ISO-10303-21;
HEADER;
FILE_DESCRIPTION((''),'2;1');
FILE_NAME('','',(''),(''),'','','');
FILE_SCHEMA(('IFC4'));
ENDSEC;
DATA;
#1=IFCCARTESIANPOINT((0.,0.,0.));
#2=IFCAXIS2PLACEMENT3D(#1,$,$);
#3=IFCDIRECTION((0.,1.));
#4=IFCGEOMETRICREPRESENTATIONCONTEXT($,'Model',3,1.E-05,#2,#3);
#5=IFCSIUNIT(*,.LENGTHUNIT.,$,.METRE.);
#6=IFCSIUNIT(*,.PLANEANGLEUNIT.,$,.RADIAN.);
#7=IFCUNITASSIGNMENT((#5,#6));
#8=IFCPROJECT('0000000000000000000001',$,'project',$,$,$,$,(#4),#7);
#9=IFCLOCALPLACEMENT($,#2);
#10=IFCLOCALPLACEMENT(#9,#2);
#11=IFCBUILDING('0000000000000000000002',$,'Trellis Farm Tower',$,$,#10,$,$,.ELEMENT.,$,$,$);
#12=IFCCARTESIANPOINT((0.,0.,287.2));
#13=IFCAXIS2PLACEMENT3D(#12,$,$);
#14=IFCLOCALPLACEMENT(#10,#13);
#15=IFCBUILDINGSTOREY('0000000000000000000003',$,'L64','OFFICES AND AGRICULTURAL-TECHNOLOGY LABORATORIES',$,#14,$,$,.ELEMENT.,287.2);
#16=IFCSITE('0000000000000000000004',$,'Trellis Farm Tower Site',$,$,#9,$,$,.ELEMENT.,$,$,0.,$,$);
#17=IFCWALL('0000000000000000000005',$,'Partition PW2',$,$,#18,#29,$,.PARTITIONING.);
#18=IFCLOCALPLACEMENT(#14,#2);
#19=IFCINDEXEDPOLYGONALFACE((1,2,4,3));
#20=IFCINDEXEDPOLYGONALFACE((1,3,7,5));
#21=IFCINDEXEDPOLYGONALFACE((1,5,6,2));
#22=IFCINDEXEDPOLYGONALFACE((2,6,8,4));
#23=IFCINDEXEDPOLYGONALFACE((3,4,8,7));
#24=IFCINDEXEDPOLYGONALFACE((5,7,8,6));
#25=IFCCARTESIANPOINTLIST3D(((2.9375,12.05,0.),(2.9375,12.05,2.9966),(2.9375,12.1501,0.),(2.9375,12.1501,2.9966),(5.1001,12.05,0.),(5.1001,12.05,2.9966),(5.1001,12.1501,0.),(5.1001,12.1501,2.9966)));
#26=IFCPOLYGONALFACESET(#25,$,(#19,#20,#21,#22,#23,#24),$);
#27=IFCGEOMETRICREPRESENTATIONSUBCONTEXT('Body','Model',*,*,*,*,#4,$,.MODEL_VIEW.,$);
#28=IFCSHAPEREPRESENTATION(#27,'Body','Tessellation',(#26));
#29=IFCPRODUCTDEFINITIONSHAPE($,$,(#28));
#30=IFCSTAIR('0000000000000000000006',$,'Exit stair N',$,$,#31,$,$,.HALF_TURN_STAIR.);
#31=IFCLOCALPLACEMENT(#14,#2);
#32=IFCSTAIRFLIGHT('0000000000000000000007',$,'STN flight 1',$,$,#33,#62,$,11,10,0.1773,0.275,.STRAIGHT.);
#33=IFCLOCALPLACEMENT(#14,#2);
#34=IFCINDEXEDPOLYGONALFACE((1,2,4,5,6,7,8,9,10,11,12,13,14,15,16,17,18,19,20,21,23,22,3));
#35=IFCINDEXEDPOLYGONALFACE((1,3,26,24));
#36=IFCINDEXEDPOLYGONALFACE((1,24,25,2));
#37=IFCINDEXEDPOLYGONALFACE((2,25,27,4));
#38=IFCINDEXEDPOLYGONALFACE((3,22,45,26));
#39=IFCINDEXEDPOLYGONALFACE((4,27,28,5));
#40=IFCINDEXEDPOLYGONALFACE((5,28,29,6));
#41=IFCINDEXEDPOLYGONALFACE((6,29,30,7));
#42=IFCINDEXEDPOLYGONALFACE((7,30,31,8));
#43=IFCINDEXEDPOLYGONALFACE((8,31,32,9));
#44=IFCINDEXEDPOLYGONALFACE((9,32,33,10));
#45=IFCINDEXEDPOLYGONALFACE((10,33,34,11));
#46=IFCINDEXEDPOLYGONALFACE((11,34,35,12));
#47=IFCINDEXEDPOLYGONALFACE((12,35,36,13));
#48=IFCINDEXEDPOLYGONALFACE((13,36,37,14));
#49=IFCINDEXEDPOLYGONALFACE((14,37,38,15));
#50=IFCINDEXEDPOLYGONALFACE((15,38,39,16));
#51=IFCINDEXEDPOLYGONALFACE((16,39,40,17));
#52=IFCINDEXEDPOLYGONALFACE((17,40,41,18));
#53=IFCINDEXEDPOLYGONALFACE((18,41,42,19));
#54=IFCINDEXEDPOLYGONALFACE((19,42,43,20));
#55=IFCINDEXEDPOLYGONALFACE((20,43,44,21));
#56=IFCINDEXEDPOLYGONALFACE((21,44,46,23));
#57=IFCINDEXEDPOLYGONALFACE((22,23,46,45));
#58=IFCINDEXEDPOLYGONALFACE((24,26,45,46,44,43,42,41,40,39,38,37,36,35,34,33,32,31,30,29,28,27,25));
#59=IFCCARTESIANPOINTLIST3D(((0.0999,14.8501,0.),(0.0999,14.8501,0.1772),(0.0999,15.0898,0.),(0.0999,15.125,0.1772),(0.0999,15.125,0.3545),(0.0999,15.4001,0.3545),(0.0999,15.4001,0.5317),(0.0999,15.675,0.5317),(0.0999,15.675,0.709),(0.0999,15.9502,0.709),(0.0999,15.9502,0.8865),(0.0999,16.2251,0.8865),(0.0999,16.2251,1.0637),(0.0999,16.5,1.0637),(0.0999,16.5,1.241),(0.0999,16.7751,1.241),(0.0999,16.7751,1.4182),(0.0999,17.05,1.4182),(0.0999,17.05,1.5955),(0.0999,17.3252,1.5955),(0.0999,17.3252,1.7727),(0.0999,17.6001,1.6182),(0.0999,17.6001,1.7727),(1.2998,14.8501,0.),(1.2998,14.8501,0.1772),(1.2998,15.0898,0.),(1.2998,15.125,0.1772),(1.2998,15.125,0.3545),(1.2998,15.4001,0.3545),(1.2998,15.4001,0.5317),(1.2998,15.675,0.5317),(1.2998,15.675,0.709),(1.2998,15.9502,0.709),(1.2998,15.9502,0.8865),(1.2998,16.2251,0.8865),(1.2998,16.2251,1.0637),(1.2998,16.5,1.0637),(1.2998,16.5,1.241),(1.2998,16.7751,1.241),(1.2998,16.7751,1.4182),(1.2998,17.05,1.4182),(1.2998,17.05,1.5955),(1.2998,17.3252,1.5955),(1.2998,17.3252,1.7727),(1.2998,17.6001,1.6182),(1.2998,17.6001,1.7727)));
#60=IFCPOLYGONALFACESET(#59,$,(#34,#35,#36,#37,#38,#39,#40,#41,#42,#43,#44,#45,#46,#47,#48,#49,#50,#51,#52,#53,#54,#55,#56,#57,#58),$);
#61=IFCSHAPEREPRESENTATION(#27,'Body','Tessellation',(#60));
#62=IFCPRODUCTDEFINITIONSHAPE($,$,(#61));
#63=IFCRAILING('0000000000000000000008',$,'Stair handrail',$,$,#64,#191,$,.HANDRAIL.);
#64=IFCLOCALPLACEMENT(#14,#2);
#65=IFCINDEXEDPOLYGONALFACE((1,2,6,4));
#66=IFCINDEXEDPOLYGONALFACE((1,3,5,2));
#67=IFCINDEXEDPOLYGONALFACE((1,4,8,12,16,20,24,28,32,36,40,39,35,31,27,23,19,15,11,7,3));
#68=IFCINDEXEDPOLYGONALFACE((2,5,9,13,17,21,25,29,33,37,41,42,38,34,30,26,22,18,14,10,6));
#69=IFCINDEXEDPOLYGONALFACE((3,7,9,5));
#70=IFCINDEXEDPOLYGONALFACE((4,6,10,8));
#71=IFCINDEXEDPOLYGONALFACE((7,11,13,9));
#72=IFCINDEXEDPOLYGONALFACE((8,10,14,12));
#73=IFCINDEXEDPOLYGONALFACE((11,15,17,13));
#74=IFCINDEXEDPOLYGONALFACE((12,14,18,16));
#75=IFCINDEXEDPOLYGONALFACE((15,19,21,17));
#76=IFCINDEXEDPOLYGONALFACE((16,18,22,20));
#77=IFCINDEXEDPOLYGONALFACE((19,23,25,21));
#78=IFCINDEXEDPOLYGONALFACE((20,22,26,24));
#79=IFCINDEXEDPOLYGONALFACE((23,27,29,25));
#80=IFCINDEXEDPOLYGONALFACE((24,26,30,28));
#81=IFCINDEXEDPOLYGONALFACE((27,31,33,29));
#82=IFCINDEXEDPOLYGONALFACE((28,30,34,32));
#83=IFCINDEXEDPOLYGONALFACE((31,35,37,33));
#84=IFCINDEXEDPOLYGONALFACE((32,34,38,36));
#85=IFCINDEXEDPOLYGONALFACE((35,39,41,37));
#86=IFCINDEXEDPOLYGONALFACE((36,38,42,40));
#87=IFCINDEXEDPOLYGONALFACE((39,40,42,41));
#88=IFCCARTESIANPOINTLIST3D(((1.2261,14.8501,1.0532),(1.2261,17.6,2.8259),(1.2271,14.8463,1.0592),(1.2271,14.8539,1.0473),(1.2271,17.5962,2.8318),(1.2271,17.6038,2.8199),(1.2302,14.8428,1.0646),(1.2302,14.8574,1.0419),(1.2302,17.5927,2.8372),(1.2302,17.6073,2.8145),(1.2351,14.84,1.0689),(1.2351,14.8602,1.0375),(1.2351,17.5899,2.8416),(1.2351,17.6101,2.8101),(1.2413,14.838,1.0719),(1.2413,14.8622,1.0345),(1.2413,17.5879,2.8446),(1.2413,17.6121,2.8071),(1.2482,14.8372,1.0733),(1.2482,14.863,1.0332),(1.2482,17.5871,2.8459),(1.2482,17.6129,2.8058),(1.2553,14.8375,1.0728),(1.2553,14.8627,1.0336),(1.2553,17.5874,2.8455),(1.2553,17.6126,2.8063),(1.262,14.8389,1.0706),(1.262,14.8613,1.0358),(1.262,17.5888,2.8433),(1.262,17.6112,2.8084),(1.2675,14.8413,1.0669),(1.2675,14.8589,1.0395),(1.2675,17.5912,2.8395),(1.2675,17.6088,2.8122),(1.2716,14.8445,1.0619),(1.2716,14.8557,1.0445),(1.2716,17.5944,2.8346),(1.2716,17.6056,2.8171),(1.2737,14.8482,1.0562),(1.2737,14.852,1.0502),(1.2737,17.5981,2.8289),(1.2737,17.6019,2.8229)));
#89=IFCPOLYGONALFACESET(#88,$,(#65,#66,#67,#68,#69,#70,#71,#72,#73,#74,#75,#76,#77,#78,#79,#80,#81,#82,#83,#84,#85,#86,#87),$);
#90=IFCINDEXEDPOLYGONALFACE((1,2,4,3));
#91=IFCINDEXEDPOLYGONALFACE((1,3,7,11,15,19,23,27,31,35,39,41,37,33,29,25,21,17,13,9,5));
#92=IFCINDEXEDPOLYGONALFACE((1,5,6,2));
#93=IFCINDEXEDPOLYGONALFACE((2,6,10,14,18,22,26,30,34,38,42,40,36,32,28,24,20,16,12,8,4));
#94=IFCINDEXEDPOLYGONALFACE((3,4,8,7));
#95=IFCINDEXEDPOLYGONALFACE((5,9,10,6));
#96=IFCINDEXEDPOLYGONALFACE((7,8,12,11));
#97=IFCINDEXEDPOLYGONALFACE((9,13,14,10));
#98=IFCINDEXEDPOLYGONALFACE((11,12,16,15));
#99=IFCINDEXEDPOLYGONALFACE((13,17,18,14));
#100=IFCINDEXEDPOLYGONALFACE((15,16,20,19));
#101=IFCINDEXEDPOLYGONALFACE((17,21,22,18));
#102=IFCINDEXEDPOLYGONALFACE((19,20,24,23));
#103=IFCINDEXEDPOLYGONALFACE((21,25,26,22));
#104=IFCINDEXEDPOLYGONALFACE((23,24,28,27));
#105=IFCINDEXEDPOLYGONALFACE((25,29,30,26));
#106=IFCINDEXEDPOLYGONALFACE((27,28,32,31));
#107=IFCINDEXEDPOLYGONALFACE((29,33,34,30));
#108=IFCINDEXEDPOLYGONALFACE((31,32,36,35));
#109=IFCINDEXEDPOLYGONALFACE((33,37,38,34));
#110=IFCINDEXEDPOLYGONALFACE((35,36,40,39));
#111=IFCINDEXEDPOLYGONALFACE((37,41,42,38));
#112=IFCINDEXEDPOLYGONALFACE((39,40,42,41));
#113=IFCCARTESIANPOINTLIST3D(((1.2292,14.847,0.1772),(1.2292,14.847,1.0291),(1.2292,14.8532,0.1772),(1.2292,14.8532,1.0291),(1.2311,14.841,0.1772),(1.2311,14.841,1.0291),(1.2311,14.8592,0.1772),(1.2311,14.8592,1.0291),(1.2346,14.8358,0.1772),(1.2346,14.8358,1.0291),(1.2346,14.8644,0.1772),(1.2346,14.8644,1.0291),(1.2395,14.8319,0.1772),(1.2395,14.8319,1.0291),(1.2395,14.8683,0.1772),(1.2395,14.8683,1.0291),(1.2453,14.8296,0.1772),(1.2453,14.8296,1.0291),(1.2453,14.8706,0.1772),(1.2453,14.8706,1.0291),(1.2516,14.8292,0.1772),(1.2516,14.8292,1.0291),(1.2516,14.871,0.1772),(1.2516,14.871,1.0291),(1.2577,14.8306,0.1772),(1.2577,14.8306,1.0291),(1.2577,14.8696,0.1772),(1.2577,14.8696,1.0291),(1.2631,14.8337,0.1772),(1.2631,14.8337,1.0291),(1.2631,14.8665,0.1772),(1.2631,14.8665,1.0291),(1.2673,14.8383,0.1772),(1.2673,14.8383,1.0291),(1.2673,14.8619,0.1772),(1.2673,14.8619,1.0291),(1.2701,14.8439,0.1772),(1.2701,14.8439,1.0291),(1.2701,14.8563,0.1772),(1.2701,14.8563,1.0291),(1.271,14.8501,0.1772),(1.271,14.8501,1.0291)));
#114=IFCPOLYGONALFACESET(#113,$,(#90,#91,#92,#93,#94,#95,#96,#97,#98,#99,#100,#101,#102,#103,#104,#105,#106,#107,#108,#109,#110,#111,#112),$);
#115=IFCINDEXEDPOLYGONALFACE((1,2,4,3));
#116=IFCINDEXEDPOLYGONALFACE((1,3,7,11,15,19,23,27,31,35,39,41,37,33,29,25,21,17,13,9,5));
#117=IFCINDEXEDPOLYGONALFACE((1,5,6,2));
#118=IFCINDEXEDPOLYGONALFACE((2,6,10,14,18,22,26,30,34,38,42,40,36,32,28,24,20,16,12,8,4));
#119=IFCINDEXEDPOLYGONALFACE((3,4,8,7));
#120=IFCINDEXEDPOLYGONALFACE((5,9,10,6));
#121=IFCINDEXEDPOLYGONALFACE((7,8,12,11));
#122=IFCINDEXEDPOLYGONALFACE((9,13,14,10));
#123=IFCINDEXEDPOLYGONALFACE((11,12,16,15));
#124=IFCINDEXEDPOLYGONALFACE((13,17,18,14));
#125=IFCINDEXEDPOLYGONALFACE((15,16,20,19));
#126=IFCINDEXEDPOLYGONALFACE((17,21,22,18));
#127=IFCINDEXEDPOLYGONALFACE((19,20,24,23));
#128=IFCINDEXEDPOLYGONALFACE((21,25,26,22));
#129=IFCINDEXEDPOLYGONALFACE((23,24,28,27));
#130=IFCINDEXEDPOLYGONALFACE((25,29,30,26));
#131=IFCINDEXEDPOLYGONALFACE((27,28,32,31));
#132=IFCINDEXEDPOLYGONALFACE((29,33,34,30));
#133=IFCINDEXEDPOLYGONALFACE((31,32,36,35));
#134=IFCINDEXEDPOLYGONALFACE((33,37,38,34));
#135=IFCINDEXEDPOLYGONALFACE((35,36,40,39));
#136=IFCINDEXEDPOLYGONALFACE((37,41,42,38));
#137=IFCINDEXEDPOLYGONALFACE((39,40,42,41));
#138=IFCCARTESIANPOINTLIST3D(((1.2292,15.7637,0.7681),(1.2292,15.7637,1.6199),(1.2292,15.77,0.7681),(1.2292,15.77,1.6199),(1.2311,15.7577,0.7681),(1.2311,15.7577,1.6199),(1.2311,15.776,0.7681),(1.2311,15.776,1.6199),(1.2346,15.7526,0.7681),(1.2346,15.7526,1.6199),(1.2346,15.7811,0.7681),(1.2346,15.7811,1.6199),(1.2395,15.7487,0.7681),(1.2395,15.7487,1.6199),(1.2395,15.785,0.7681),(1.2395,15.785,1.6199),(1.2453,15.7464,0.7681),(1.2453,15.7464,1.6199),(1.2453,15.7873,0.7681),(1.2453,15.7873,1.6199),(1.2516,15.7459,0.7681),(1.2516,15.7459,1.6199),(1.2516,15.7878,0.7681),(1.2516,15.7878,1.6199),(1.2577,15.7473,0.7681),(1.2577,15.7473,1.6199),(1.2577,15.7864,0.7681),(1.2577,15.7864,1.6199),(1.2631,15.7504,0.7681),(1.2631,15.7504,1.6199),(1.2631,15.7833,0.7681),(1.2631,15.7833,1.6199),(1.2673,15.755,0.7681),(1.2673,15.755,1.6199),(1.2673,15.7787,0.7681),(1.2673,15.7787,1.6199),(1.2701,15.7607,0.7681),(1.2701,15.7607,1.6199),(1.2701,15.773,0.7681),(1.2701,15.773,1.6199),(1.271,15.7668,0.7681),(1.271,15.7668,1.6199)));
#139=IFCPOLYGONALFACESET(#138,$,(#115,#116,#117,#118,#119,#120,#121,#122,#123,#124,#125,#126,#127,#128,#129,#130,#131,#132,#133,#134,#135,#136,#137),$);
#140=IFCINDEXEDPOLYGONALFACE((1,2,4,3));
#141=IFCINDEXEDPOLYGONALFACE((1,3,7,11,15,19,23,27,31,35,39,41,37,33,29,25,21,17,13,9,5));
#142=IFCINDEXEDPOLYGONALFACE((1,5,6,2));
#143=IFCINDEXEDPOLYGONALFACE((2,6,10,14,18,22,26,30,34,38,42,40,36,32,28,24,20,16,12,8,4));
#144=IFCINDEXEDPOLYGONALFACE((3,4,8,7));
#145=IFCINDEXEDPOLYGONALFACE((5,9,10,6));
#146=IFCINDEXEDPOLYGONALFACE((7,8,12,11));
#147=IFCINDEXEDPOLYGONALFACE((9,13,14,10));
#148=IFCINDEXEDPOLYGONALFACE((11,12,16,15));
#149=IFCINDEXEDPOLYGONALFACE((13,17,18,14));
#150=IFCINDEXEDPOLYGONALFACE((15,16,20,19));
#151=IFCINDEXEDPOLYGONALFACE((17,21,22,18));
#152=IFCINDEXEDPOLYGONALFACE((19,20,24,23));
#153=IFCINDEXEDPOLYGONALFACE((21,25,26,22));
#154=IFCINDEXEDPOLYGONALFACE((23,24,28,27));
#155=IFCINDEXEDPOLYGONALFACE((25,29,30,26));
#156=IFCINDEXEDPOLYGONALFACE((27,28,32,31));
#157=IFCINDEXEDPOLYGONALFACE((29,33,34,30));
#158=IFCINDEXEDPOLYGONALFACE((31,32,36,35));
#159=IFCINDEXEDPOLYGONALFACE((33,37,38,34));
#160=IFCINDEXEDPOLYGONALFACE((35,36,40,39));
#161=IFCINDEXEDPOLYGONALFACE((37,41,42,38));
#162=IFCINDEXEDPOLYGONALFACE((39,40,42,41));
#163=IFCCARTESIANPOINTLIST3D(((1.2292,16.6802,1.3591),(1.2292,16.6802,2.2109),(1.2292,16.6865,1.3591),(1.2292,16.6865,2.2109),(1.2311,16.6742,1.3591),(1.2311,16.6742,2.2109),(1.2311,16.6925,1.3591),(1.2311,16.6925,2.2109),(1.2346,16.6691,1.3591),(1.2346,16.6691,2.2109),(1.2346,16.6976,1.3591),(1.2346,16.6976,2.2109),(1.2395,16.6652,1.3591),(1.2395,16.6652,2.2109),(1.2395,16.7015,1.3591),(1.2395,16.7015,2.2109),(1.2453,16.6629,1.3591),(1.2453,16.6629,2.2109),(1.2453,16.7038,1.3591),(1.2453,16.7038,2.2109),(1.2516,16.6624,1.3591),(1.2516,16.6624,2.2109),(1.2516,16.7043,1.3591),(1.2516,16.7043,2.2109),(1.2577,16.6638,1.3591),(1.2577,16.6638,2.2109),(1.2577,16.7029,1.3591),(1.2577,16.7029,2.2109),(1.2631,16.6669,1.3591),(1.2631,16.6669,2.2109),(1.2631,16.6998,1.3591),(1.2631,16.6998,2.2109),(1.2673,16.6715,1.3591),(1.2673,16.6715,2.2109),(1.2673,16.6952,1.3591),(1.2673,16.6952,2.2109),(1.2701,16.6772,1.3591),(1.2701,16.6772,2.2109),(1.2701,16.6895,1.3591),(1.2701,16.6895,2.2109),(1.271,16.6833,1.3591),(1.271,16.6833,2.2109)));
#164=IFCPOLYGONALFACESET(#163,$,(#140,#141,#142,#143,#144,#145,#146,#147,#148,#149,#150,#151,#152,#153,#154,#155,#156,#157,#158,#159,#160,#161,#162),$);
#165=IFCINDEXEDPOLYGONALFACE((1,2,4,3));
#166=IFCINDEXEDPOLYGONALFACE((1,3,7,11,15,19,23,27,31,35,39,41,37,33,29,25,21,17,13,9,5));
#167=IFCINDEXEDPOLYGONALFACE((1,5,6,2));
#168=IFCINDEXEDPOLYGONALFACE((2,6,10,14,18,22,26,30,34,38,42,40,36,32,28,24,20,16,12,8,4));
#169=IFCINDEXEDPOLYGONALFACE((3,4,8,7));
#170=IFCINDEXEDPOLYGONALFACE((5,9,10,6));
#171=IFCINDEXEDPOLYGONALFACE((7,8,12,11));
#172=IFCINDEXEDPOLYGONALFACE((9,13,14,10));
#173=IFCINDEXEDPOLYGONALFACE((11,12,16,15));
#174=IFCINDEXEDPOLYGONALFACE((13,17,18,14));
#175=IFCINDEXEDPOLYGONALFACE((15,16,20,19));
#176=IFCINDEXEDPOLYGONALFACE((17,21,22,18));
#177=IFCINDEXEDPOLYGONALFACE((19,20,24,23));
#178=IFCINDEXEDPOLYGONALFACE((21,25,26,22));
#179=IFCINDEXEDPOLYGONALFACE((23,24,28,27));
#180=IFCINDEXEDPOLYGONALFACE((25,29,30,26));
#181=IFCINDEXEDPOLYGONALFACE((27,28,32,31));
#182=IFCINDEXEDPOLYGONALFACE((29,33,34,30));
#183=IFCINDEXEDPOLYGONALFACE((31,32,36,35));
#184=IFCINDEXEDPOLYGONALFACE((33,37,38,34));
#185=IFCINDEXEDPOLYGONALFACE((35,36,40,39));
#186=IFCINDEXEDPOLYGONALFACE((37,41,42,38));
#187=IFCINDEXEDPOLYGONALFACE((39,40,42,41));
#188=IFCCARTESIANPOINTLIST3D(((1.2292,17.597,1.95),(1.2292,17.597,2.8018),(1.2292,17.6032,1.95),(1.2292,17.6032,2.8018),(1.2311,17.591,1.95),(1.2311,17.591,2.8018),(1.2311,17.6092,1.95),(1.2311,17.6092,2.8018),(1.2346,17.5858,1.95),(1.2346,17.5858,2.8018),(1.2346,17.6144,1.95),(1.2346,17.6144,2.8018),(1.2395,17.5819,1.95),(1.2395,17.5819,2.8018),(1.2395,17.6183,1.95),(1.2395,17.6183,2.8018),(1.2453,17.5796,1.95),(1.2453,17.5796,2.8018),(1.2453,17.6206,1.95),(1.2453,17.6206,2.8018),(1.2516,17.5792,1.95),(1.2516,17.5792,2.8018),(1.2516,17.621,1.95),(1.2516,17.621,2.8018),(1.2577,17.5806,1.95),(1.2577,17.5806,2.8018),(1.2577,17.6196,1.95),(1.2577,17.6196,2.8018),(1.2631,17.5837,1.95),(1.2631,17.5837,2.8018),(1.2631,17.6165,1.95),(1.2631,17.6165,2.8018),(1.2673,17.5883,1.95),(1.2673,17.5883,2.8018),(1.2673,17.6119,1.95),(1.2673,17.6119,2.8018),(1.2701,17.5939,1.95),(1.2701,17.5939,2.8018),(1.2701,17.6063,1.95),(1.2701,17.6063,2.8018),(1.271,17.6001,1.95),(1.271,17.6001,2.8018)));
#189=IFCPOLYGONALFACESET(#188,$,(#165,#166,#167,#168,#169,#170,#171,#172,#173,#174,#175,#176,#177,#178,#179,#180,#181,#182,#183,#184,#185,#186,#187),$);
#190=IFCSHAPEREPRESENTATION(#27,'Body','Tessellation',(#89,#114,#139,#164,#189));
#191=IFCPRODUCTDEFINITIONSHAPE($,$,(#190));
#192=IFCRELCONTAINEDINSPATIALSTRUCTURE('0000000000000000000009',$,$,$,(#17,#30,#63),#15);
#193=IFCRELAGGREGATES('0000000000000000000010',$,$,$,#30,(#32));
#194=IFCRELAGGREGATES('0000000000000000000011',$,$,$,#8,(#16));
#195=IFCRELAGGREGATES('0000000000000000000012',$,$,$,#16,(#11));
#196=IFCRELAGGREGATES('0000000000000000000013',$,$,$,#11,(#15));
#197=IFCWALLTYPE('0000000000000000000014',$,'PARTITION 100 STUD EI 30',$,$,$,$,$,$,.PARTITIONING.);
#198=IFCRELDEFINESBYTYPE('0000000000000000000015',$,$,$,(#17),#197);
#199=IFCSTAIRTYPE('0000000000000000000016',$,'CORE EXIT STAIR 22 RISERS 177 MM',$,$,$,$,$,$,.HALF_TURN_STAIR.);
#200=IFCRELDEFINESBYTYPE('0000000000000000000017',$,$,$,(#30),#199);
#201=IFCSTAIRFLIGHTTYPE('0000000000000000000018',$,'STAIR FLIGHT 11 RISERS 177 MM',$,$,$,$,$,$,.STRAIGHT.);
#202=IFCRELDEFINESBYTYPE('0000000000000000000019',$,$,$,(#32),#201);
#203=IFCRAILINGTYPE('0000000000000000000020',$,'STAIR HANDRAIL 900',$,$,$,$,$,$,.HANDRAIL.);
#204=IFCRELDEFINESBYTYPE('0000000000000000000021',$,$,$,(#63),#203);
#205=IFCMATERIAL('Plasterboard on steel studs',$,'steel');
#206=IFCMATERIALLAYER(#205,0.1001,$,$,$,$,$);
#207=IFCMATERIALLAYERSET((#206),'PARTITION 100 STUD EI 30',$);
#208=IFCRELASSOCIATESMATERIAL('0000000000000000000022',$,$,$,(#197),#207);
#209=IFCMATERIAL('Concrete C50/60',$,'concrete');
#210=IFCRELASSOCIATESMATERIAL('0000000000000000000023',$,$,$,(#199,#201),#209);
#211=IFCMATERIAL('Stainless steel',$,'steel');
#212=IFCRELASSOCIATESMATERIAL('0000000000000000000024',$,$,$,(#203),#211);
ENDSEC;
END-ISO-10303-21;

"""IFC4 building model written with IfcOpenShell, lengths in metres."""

from ifc_helpers import new_model, si_unit, direction, frame, frame_2d, origin, origin_2d, place, context, subcontext, project, spatial, polyline, rectangle, circle, outline, extrude, source, transform, mapped, material, layer, layer_set, type_object, element, aggregate, save


model = new_model("IFC4")

# Units and contexts
model_context = context("Model", 3, precision=1e-05, world=origin(), true_north=direction((0.0, 1.0)))
body_context = subcontext(model_context, "Body", "Model", "MODEL_VIEW")
ifc_project = project(units=[si_unit("LENGTHUNIT", "METRE"), si_unit("PLANEANGLEUNIT", "RADIAN")], contexts=[model_context])

# Site, building, storey
site_placement = place(None, origin())
site = spatial("IfcSite", under=ifc_project, at=site_placement, Name="Trellis Farm Tower Site", CompositionType="ELEMENT", RefElevation=0.0)
building_placement = place(site_placement, origin())
building = spatial("IfcBuilding", under=site, at=building_placement, Name="Trellis Farm Tower", CompositionType="ELEMENT")
storey_placement = place(building_placement, frame((0.0, 0.0, 287.2)))
storey = spatial("IfcBuildingStorey", under=building, at=storey_placement, Name="L64", Description="OFFICES AND AGRICULTURAL-TECHNOLOGY LABORATORIES", CompositionType="ELEMENT", Elevation=287.2)

# Shared definitions
placement_1 = place(storey_placement, origin())

# Shared definitions
ifc_material_1 = material(Name="Concrete C50/60", Category="concrete")

# Wall
ifc_material_2 = material(Name="Plasterboard on steel studs", Category="steel")
ifc_layer_1 = layer(ifc_material_2, 0.1001)
ifc_layer_set_1 = layer_set([ifc_layer_1], Name="PARTITION 100 STUD EI 30")
wall_type_1 = type_object("IfcWallType", Name="PARTITION 100 STUD EI 30", PredefinedType="PARTITIONING", material=ifc_layer_set_1)
shared_shape_1 = source(origin(), body_context, "Body", "SweptSolid", [
    extrude(rectangle(XDim=2.1626, YDim=0.1001, at=frame_2d((1.0813, 0.0))), origin(), (0.0, 0.0, 1.0), 2.9966),
])
wall_1_placement = place(storey_placement, frame((2.9375, 12.1001, 0.0), z_axis=(0.0, 0.0, 1.0), x_axis=(1.0, 0.0, 0.0)))
element("IfcWall", 1, at=wall_1_placement, inside=storey, type_object=wall_type_1, Name="Partition PW2", PredefinedType="PARTITIONING", context=body_context, shape_type="MappedRepresentation", body=[
    mapped(shared_shape_1, transform((0.0, 0.0, 0.0))),
])

# Stair, stair flight
stair_type = type_object("IfcStairType", Name="CORE EXIT STAIR 22 RISERS 177 MM", PredefinedType="HALF_TURN_STAIR", material=ifc_material_1)
stair = element("IfcStair", 2, at=placement_1, inside=storey, type_object=stair_type, Name="Exit stair N", PredefinedType="HALF_TURN_STAIR")
stair_flight_type = type_object("IfcStairFlightType", Name="STAIR FLIGHT 11 RISERS 177 MM", PredefinedType="STRAIGHT", material=ifc_material_1)
shared_shape_2 = source(origin(), body_context, "Body", "SweptSolid", [
    extrude(outline(polyline([(0.0, 0.0), (0.0, 0.1772), (0.2749, 0.1772), (0.2749, 0.3545), (0.55, 0.3545), (0.55, 0.5317), (0.825, 0.5317), (0.825, 0.709), (1.1001, 0.709), (1.1001, 0.8865), (1.375, 0.8865), (1.375, 1.0637), (1.6499, 1.0637), (1.6499, 1.241), (1.925, 1.241), (1.925, 1.4182), (2.2, 1.4182), (2.2, 1.5955), (2.4751, 1.5955), (2.4751, 1.7727), (2.75, 1.7727), (2.75, 1.95), (2.75, 1.6182), (0.2397, 0.0), (0.0, 0.0)])), frame((0.0, 0.6001, 0.0), z_axis=(0.0, -1.0, 0.0), x_axis=(1.0, 0.0, 0.0)), (0.0, 0.0, 1.0), 1.2),
])
stair_flight_placement = place(storey_placement, frame((0.7, 14.8501, 0.0), z_axis=(0.0, 0.0, 1.0), x_axis=(0.0, 1.0, 0.0)))
stair_flight = element("IfcStairFlight", 3, at=stair_flight_placement, type_object=stair_flight_type, Name="STN flight 1", NumberOfRisers=11, NumberOfTreads=10, PredefinedType="STRAIGHT", RiserHeight=0.1773, TreadLength=0.275, context=body_context, shape_type="MappedRepresentation", body=[
    mapped(shared_shape_2, transform((0.0, 0.0, 0.0))),
])
aggregate(stair, [stair_flight])

# Railing
ifc_material_3 = material(Name="Stainless steel", Category="steel")
railing_type = type_object("IfcRailingType", Name="STAIR HANDRAIL 900", PredefinedType="HANDRAIL", material=ifc_material_3)
shared_shape_3 = source(origin(), body_context, "Body", "SweptSolid", [
    extrude(circle(Radius=0.0239, at=origin_2d()), frame((0.0, 0.0, 0.876), z_axis=(0.0, 0.840504, 0.541806), x_axis=(-1.0, 0.0, 0.0)), (0.0, 0.0, 1.0), 3.2717),
    extrude(circle(Radius=0.021, at=origin_2d()), origin(), (0.0, 0.0, 1.0), 0.8518),
    extrude(circle(Radius=0.021, at=origin_2d()), frame((0.0, 0.9167, 0.5908)), (0.0, 0.0, 1.0), 0.8518),
    extrude(circle(Radius=0.021, at=origin_2d()), frame((0.0, 1.8333, 1.1819)), (0.0, 0.0, 1.0), 0.8518),
    extrude(circle(Radius=0.021, at=origin_2d()), frame((0.0, 2.75, 1.7727)), (0.0, 0.0, 1.0), 0.8518),
])
railing_placement = place(storey_placement, frame((1.25, 14.8501, 0.1772)))
element("IfcRailing", 4, at=railing_placement, inside=storey, type_object=railing_type, Name="Stair handrail", PredefinedType="HANDRAIL", context=body_context, shape_type="MappedRepresentation", body=[
    mapped(shared_shape_3, transform((0.0, 0.0, 0.0))),
])

save(model, "model.ifc")
